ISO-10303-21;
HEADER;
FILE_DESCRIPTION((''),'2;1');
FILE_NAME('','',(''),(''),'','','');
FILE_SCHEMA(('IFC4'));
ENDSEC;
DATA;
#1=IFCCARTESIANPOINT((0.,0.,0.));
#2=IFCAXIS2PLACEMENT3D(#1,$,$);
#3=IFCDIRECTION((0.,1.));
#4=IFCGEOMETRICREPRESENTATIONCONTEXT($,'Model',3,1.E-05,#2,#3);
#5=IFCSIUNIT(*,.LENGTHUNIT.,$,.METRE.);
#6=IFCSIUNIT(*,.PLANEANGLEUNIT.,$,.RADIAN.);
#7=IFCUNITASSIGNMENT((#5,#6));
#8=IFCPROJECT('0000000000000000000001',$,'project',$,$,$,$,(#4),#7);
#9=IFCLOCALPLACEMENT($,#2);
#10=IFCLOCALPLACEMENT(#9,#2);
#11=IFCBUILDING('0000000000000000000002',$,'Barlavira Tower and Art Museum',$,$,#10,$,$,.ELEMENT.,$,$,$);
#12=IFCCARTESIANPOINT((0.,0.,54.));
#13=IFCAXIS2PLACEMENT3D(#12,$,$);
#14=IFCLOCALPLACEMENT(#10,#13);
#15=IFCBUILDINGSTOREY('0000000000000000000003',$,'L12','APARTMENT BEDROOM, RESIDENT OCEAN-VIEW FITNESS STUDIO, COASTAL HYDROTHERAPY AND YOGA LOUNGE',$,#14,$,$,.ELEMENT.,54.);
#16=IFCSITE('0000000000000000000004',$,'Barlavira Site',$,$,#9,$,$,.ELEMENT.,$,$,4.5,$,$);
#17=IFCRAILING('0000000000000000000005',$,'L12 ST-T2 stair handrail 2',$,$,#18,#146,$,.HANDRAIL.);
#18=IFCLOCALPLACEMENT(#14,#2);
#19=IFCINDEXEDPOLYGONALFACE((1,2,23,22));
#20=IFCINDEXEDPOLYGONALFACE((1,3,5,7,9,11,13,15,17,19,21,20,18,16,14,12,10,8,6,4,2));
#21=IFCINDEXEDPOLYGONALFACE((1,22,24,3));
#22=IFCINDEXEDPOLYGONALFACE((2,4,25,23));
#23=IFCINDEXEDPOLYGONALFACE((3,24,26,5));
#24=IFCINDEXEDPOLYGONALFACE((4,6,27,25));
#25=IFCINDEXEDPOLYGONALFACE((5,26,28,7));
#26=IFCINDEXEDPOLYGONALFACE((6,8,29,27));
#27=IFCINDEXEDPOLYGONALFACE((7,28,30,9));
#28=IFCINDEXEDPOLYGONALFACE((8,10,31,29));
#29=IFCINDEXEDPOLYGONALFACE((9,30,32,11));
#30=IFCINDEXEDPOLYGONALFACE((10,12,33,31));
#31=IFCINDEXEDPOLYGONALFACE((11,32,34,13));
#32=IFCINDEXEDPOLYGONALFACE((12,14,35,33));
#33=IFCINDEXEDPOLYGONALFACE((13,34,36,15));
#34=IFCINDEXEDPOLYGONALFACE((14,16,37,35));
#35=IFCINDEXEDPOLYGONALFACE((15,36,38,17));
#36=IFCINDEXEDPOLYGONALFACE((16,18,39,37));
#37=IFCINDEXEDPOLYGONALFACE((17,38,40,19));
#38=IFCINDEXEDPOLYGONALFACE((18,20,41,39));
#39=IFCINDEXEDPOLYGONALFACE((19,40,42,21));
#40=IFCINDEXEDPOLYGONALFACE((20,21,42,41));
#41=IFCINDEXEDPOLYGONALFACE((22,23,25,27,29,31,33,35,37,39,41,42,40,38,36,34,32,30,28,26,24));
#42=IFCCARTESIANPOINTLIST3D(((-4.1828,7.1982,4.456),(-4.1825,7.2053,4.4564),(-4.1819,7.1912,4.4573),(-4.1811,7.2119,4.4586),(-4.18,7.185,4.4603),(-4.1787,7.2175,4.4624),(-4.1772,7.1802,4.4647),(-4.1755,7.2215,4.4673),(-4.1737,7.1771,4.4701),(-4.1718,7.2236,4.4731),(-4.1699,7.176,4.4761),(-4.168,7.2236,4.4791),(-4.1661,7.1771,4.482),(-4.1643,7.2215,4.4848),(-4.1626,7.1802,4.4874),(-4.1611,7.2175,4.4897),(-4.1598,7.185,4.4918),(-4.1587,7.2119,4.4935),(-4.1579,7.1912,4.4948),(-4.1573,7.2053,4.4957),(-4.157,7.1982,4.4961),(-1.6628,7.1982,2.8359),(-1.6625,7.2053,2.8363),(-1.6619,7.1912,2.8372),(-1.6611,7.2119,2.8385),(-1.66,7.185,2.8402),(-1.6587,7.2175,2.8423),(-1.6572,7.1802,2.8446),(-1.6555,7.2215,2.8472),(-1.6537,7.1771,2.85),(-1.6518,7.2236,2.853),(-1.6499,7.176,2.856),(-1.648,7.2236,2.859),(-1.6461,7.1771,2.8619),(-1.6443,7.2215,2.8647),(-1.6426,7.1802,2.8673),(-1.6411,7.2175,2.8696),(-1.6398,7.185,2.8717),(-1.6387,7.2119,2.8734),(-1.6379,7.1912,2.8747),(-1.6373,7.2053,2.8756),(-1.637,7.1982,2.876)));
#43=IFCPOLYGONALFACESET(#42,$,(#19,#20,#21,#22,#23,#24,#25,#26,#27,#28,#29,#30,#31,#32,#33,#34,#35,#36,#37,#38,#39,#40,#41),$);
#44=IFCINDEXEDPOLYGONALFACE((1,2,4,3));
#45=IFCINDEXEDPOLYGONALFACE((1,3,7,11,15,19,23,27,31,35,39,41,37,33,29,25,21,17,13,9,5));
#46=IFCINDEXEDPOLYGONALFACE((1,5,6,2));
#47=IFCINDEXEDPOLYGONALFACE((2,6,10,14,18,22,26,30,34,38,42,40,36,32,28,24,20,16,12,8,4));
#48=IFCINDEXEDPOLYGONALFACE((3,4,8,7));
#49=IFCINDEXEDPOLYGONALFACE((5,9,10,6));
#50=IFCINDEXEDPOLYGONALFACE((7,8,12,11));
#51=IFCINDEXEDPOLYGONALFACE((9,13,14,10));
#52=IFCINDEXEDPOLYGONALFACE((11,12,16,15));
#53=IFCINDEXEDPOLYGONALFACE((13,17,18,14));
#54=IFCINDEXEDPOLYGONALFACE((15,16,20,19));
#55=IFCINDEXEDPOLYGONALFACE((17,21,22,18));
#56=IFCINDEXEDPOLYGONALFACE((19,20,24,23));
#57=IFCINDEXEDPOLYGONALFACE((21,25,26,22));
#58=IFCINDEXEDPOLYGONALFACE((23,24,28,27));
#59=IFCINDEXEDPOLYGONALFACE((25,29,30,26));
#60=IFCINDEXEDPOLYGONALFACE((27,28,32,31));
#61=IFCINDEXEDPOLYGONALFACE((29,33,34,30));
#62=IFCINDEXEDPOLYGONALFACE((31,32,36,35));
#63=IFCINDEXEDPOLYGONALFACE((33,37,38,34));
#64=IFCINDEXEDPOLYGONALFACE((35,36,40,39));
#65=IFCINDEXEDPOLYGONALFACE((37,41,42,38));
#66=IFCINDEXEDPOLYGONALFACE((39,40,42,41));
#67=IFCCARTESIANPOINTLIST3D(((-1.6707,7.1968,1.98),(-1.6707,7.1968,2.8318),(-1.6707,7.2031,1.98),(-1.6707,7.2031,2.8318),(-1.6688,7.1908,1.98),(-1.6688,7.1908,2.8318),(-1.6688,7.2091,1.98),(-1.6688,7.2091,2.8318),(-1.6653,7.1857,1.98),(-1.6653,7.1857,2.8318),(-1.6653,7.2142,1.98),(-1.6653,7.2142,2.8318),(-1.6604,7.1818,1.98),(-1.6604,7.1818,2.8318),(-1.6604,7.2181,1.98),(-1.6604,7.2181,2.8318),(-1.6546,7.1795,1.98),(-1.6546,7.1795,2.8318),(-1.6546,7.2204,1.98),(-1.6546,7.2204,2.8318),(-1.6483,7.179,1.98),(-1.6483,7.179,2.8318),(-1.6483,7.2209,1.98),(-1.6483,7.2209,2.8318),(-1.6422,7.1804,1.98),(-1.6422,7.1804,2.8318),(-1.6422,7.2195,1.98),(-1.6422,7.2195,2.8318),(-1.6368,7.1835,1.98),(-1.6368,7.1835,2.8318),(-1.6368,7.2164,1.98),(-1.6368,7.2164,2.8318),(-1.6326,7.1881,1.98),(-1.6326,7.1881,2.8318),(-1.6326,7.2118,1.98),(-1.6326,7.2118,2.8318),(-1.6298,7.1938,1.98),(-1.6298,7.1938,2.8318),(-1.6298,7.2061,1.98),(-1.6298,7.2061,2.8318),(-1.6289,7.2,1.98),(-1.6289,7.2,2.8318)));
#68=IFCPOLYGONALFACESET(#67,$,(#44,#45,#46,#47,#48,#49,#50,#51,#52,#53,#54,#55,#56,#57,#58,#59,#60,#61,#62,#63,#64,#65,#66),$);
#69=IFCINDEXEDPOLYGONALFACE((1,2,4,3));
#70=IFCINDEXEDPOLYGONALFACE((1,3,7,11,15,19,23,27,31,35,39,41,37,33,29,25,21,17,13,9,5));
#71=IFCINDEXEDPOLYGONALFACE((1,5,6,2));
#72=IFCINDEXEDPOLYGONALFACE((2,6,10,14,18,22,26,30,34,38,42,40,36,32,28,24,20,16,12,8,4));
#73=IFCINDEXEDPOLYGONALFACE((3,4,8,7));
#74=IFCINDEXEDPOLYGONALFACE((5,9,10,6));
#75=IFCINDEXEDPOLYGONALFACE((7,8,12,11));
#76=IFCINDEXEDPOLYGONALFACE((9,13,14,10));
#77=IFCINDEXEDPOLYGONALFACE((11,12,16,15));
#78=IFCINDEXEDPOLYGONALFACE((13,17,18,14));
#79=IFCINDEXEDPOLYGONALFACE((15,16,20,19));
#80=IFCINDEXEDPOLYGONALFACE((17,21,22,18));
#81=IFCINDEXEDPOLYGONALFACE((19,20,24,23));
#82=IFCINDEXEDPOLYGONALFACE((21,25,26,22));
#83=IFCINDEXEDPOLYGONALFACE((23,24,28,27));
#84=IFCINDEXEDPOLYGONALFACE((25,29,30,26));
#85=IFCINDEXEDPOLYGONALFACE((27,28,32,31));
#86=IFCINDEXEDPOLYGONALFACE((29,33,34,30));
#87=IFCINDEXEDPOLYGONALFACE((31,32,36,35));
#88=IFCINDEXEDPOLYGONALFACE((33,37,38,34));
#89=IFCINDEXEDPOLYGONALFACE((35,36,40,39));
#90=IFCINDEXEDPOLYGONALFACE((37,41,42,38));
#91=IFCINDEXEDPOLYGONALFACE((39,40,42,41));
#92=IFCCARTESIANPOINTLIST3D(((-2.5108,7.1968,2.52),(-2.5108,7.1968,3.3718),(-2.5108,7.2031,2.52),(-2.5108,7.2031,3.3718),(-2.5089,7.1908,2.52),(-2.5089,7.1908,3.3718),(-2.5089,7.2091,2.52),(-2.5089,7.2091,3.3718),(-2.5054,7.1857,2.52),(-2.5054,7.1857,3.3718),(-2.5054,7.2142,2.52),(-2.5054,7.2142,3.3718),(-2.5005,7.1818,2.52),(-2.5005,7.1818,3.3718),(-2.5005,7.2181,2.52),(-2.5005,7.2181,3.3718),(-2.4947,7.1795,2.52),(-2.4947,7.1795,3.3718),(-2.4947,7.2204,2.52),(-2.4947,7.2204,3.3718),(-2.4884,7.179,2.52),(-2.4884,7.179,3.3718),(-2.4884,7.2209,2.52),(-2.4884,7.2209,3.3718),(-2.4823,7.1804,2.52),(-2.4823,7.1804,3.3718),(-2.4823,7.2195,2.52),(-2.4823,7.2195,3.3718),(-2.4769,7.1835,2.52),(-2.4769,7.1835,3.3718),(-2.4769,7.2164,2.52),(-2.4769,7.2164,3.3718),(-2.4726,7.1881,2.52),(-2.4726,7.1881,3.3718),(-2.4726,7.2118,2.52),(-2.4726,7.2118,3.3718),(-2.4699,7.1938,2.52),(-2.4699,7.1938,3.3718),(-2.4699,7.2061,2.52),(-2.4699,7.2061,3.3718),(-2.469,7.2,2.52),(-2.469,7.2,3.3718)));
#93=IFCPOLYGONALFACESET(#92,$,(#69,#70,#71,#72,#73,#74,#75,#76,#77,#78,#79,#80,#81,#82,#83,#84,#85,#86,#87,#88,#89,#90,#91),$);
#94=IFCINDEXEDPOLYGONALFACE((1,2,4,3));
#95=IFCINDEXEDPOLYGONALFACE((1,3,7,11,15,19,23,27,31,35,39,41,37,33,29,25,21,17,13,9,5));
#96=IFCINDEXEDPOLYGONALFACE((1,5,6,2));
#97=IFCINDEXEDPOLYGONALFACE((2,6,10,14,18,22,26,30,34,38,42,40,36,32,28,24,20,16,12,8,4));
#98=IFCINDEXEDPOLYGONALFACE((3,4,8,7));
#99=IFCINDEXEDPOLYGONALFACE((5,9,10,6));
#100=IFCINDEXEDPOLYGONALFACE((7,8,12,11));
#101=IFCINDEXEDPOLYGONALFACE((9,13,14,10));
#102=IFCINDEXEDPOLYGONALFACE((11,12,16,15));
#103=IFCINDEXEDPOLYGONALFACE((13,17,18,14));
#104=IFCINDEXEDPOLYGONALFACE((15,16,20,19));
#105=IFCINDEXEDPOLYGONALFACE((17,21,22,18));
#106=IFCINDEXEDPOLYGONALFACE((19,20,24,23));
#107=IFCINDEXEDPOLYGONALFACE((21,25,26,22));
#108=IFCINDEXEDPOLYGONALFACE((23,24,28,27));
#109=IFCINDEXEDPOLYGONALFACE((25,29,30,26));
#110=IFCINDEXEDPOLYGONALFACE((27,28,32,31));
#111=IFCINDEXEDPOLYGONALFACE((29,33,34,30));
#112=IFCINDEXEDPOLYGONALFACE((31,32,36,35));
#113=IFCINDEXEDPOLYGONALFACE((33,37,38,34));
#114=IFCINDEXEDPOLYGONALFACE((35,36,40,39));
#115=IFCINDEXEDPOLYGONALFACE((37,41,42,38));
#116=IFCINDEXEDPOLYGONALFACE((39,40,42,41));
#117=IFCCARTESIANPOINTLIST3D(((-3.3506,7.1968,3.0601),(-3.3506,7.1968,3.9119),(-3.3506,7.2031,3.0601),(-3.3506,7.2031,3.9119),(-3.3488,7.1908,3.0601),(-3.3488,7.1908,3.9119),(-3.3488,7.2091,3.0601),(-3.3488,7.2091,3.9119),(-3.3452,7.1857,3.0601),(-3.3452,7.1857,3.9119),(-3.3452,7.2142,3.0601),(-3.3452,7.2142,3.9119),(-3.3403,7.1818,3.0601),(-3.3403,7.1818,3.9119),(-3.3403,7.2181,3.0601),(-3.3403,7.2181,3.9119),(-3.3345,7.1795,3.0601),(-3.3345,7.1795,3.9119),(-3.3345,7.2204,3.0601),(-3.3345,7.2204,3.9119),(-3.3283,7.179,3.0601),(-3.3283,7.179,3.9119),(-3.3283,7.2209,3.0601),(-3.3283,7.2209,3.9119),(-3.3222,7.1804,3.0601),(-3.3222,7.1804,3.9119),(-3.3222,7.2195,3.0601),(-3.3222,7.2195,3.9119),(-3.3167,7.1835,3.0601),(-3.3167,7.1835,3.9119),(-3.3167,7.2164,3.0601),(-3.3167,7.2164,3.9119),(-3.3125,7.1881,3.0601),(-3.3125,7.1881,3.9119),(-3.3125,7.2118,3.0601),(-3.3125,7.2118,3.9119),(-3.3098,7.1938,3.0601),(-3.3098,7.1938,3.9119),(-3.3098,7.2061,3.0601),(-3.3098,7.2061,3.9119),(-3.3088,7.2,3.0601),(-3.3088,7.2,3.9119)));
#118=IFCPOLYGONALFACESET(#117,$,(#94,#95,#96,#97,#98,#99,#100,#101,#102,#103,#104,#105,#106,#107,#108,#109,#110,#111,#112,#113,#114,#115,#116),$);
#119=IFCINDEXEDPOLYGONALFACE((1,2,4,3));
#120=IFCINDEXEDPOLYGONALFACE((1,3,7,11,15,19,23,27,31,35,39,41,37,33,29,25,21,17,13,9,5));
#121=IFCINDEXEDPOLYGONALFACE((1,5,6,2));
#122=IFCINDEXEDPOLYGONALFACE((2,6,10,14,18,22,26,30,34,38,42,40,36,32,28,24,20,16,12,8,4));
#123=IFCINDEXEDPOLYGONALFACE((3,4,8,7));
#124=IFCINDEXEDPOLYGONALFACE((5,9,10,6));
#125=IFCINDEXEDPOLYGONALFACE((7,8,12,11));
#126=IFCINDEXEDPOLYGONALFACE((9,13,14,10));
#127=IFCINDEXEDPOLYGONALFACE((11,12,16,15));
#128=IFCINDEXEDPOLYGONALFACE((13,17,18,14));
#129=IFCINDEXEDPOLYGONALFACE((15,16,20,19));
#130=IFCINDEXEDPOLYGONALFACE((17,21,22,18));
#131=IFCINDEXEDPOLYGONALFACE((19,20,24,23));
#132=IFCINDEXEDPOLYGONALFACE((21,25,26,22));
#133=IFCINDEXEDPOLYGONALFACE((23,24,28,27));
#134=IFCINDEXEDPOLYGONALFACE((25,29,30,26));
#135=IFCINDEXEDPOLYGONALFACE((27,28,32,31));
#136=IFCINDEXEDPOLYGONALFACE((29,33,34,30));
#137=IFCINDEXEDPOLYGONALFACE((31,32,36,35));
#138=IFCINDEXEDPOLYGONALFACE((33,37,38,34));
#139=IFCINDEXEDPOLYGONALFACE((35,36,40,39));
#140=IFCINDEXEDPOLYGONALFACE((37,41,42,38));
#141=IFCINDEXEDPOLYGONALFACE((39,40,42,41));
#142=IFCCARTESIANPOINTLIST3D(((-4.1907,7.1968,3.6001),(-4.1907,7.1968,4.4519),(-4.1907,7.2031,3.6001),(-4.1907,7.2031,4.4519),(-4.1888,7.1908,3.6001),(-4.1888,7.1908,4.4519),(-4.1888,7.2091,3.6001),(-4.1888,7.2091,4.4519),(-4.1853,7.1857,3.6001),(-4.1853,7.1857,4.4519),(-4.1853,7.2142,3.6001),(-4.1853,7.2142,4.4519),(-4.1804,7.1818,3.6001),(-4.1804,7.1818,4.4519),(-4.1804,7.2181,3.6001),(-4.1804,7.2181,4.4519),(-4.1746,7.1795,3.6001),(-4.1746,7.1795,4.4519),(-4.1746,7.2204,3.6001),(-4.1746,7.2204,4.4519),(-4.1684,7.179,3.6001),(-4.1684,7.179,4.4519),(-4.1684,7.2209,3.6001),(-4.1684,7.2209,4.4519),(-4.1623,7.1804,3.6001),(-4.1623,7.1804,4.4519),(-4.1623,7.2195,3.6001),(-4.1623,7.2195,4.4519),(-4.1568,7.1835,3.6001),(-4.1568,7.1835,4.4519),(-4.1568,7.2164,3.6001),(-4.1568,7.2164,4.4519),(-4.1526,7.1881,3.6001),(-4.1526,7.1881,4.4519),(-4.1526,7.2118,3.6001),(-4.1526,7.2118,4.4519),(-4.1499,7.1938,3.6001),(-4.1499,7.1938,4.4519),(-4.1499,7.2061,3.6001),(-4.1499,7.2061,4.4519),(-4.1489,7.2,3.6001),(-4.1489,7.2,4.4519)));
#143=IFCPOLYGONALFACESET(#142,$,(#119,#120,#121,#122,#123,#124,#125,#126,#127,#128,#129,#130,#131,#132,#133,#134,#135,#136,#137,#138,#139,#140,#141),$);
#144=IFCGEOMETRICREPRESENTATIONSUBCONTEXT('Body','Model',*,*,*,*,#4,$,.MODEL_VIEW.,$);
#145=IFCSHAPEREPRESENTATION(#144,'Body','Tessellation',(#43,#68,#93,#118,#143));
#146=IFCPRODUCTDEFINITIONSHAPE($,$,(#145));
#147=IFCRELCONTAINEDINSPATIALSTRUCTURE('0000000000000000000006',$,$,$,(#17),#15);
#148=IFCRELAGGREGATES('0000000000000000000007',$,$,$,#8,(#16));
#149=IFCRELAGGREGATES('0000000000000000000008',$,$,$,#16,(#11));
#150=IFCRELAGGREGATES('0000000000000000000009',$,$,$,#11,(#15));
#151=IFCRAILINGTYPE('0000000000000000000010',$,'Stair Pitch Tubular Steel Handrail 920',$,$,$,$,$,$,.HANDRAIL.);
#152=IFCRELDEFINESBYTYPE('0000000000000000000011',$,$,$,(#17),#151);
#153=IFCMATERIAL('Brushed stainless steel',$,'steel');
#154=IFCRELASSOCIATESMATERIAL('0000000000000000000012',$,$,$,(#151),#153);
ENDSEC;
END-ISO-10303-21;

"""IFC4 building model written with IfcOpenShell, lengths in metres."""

from ifc_helpers import new_model, si_unit, direction, frame, origin, origin_2d, place, context, subcontext, project, spatial, circle, extrude, material, type_object, element, save


model = new_model("IFC4")

# Units and contexts
model_context = context("Model", 3, precision=1e-05, world=origin(), true_north=direction((0.0, 1.0)))
body_context = subcontext(model_context, "Body", "Model", "MODEL_VIEW")
ifc_project = project(units=[si_unit("LENGTHUNIT", "METRE"), si_unit("PLANEANGLEUNIT", "RADIAN")], contexts=[model_context])

# Site, building, storey
site_placement = place(None, origin())
site = spatial("IfcSite", under=ifc_project, at=site_placement, Name="Barlavira Site", CompositionType="ELEMENT", RefElevation=4.5)
building_placement = place(site_placement, origin())
building = spatial("IfcBuilding", under=site, at=building_placement, Name="Barlavira Tower and Art Museum", CompositionType="ELEMENT")
storey_placement = place(building_placement, frame((0.0, 0.0, 54.0)))
storey = spatial("IfcBuildingStorey", under=building, at=storey_placement, Name="L12", Description="APARTMENT BEDROOM, RESIDENT OCEAN-VIEW FITNESS STUDIO, COASTAL HYDROTHERAPY AND YOGA LOUNGE", CompositionType="ELEMENT", Elevation=54.0)

# Shared definitions
ifc_material_1 = material(Name="Brushed stainless steel", Category="steel")

# Railing
railing_type_1 = type_object("IfcRailingType", Name="Stair Pitch Tubular Steel Handrail 920", PredefinedType="HANDRAIL", material=ifc_material_1)
railing_1_placement = place(storey_placement, frame((-1.6499, 7.2, 1.98)))
element("IfcRailing", 1, at=railing_1_placement, inside=storey, type_object=railing_type_1, Name="L12 ST-T2 stair handrail 2", PredefinedType="HANDRAIL", context=body_context, shape_type="SweptSolid", body=[
    extrude(circle(Radius=0.0239, at=origin_2d()), frame((0.0, 0.0, 0.876), z_axis=(-0.841163, 0.0, 0.540782), x_axis=(0.0, -1.0, 0.0)), (0.0, 0.0, 1.0), 2.9958),
    extrude(circle(Radius=0.021, at=origin_2d()), origin(), (0.0, 0.0, 1.0), 0.8518),
    extrude(circle(Radius=0.021, at=origin_2d()), frame((-0.8401, 0.0, 0.54)), (0.0, 0.0, 1.0), 0.8518),
    extrude(circle(Radius=0.021, at=origin_2d()), frame((-1.6799, 0.0, 1.0801)), (0.0, 0.0, 1.0), 0.8518),
    extrude(circle(Radius=0.021, at=origin_2d()), frame((-2.52, 0.0, 1.6201)), (0.0, 0.0, 1.0), 0.8518),
])

save(model, "model.ifc")
